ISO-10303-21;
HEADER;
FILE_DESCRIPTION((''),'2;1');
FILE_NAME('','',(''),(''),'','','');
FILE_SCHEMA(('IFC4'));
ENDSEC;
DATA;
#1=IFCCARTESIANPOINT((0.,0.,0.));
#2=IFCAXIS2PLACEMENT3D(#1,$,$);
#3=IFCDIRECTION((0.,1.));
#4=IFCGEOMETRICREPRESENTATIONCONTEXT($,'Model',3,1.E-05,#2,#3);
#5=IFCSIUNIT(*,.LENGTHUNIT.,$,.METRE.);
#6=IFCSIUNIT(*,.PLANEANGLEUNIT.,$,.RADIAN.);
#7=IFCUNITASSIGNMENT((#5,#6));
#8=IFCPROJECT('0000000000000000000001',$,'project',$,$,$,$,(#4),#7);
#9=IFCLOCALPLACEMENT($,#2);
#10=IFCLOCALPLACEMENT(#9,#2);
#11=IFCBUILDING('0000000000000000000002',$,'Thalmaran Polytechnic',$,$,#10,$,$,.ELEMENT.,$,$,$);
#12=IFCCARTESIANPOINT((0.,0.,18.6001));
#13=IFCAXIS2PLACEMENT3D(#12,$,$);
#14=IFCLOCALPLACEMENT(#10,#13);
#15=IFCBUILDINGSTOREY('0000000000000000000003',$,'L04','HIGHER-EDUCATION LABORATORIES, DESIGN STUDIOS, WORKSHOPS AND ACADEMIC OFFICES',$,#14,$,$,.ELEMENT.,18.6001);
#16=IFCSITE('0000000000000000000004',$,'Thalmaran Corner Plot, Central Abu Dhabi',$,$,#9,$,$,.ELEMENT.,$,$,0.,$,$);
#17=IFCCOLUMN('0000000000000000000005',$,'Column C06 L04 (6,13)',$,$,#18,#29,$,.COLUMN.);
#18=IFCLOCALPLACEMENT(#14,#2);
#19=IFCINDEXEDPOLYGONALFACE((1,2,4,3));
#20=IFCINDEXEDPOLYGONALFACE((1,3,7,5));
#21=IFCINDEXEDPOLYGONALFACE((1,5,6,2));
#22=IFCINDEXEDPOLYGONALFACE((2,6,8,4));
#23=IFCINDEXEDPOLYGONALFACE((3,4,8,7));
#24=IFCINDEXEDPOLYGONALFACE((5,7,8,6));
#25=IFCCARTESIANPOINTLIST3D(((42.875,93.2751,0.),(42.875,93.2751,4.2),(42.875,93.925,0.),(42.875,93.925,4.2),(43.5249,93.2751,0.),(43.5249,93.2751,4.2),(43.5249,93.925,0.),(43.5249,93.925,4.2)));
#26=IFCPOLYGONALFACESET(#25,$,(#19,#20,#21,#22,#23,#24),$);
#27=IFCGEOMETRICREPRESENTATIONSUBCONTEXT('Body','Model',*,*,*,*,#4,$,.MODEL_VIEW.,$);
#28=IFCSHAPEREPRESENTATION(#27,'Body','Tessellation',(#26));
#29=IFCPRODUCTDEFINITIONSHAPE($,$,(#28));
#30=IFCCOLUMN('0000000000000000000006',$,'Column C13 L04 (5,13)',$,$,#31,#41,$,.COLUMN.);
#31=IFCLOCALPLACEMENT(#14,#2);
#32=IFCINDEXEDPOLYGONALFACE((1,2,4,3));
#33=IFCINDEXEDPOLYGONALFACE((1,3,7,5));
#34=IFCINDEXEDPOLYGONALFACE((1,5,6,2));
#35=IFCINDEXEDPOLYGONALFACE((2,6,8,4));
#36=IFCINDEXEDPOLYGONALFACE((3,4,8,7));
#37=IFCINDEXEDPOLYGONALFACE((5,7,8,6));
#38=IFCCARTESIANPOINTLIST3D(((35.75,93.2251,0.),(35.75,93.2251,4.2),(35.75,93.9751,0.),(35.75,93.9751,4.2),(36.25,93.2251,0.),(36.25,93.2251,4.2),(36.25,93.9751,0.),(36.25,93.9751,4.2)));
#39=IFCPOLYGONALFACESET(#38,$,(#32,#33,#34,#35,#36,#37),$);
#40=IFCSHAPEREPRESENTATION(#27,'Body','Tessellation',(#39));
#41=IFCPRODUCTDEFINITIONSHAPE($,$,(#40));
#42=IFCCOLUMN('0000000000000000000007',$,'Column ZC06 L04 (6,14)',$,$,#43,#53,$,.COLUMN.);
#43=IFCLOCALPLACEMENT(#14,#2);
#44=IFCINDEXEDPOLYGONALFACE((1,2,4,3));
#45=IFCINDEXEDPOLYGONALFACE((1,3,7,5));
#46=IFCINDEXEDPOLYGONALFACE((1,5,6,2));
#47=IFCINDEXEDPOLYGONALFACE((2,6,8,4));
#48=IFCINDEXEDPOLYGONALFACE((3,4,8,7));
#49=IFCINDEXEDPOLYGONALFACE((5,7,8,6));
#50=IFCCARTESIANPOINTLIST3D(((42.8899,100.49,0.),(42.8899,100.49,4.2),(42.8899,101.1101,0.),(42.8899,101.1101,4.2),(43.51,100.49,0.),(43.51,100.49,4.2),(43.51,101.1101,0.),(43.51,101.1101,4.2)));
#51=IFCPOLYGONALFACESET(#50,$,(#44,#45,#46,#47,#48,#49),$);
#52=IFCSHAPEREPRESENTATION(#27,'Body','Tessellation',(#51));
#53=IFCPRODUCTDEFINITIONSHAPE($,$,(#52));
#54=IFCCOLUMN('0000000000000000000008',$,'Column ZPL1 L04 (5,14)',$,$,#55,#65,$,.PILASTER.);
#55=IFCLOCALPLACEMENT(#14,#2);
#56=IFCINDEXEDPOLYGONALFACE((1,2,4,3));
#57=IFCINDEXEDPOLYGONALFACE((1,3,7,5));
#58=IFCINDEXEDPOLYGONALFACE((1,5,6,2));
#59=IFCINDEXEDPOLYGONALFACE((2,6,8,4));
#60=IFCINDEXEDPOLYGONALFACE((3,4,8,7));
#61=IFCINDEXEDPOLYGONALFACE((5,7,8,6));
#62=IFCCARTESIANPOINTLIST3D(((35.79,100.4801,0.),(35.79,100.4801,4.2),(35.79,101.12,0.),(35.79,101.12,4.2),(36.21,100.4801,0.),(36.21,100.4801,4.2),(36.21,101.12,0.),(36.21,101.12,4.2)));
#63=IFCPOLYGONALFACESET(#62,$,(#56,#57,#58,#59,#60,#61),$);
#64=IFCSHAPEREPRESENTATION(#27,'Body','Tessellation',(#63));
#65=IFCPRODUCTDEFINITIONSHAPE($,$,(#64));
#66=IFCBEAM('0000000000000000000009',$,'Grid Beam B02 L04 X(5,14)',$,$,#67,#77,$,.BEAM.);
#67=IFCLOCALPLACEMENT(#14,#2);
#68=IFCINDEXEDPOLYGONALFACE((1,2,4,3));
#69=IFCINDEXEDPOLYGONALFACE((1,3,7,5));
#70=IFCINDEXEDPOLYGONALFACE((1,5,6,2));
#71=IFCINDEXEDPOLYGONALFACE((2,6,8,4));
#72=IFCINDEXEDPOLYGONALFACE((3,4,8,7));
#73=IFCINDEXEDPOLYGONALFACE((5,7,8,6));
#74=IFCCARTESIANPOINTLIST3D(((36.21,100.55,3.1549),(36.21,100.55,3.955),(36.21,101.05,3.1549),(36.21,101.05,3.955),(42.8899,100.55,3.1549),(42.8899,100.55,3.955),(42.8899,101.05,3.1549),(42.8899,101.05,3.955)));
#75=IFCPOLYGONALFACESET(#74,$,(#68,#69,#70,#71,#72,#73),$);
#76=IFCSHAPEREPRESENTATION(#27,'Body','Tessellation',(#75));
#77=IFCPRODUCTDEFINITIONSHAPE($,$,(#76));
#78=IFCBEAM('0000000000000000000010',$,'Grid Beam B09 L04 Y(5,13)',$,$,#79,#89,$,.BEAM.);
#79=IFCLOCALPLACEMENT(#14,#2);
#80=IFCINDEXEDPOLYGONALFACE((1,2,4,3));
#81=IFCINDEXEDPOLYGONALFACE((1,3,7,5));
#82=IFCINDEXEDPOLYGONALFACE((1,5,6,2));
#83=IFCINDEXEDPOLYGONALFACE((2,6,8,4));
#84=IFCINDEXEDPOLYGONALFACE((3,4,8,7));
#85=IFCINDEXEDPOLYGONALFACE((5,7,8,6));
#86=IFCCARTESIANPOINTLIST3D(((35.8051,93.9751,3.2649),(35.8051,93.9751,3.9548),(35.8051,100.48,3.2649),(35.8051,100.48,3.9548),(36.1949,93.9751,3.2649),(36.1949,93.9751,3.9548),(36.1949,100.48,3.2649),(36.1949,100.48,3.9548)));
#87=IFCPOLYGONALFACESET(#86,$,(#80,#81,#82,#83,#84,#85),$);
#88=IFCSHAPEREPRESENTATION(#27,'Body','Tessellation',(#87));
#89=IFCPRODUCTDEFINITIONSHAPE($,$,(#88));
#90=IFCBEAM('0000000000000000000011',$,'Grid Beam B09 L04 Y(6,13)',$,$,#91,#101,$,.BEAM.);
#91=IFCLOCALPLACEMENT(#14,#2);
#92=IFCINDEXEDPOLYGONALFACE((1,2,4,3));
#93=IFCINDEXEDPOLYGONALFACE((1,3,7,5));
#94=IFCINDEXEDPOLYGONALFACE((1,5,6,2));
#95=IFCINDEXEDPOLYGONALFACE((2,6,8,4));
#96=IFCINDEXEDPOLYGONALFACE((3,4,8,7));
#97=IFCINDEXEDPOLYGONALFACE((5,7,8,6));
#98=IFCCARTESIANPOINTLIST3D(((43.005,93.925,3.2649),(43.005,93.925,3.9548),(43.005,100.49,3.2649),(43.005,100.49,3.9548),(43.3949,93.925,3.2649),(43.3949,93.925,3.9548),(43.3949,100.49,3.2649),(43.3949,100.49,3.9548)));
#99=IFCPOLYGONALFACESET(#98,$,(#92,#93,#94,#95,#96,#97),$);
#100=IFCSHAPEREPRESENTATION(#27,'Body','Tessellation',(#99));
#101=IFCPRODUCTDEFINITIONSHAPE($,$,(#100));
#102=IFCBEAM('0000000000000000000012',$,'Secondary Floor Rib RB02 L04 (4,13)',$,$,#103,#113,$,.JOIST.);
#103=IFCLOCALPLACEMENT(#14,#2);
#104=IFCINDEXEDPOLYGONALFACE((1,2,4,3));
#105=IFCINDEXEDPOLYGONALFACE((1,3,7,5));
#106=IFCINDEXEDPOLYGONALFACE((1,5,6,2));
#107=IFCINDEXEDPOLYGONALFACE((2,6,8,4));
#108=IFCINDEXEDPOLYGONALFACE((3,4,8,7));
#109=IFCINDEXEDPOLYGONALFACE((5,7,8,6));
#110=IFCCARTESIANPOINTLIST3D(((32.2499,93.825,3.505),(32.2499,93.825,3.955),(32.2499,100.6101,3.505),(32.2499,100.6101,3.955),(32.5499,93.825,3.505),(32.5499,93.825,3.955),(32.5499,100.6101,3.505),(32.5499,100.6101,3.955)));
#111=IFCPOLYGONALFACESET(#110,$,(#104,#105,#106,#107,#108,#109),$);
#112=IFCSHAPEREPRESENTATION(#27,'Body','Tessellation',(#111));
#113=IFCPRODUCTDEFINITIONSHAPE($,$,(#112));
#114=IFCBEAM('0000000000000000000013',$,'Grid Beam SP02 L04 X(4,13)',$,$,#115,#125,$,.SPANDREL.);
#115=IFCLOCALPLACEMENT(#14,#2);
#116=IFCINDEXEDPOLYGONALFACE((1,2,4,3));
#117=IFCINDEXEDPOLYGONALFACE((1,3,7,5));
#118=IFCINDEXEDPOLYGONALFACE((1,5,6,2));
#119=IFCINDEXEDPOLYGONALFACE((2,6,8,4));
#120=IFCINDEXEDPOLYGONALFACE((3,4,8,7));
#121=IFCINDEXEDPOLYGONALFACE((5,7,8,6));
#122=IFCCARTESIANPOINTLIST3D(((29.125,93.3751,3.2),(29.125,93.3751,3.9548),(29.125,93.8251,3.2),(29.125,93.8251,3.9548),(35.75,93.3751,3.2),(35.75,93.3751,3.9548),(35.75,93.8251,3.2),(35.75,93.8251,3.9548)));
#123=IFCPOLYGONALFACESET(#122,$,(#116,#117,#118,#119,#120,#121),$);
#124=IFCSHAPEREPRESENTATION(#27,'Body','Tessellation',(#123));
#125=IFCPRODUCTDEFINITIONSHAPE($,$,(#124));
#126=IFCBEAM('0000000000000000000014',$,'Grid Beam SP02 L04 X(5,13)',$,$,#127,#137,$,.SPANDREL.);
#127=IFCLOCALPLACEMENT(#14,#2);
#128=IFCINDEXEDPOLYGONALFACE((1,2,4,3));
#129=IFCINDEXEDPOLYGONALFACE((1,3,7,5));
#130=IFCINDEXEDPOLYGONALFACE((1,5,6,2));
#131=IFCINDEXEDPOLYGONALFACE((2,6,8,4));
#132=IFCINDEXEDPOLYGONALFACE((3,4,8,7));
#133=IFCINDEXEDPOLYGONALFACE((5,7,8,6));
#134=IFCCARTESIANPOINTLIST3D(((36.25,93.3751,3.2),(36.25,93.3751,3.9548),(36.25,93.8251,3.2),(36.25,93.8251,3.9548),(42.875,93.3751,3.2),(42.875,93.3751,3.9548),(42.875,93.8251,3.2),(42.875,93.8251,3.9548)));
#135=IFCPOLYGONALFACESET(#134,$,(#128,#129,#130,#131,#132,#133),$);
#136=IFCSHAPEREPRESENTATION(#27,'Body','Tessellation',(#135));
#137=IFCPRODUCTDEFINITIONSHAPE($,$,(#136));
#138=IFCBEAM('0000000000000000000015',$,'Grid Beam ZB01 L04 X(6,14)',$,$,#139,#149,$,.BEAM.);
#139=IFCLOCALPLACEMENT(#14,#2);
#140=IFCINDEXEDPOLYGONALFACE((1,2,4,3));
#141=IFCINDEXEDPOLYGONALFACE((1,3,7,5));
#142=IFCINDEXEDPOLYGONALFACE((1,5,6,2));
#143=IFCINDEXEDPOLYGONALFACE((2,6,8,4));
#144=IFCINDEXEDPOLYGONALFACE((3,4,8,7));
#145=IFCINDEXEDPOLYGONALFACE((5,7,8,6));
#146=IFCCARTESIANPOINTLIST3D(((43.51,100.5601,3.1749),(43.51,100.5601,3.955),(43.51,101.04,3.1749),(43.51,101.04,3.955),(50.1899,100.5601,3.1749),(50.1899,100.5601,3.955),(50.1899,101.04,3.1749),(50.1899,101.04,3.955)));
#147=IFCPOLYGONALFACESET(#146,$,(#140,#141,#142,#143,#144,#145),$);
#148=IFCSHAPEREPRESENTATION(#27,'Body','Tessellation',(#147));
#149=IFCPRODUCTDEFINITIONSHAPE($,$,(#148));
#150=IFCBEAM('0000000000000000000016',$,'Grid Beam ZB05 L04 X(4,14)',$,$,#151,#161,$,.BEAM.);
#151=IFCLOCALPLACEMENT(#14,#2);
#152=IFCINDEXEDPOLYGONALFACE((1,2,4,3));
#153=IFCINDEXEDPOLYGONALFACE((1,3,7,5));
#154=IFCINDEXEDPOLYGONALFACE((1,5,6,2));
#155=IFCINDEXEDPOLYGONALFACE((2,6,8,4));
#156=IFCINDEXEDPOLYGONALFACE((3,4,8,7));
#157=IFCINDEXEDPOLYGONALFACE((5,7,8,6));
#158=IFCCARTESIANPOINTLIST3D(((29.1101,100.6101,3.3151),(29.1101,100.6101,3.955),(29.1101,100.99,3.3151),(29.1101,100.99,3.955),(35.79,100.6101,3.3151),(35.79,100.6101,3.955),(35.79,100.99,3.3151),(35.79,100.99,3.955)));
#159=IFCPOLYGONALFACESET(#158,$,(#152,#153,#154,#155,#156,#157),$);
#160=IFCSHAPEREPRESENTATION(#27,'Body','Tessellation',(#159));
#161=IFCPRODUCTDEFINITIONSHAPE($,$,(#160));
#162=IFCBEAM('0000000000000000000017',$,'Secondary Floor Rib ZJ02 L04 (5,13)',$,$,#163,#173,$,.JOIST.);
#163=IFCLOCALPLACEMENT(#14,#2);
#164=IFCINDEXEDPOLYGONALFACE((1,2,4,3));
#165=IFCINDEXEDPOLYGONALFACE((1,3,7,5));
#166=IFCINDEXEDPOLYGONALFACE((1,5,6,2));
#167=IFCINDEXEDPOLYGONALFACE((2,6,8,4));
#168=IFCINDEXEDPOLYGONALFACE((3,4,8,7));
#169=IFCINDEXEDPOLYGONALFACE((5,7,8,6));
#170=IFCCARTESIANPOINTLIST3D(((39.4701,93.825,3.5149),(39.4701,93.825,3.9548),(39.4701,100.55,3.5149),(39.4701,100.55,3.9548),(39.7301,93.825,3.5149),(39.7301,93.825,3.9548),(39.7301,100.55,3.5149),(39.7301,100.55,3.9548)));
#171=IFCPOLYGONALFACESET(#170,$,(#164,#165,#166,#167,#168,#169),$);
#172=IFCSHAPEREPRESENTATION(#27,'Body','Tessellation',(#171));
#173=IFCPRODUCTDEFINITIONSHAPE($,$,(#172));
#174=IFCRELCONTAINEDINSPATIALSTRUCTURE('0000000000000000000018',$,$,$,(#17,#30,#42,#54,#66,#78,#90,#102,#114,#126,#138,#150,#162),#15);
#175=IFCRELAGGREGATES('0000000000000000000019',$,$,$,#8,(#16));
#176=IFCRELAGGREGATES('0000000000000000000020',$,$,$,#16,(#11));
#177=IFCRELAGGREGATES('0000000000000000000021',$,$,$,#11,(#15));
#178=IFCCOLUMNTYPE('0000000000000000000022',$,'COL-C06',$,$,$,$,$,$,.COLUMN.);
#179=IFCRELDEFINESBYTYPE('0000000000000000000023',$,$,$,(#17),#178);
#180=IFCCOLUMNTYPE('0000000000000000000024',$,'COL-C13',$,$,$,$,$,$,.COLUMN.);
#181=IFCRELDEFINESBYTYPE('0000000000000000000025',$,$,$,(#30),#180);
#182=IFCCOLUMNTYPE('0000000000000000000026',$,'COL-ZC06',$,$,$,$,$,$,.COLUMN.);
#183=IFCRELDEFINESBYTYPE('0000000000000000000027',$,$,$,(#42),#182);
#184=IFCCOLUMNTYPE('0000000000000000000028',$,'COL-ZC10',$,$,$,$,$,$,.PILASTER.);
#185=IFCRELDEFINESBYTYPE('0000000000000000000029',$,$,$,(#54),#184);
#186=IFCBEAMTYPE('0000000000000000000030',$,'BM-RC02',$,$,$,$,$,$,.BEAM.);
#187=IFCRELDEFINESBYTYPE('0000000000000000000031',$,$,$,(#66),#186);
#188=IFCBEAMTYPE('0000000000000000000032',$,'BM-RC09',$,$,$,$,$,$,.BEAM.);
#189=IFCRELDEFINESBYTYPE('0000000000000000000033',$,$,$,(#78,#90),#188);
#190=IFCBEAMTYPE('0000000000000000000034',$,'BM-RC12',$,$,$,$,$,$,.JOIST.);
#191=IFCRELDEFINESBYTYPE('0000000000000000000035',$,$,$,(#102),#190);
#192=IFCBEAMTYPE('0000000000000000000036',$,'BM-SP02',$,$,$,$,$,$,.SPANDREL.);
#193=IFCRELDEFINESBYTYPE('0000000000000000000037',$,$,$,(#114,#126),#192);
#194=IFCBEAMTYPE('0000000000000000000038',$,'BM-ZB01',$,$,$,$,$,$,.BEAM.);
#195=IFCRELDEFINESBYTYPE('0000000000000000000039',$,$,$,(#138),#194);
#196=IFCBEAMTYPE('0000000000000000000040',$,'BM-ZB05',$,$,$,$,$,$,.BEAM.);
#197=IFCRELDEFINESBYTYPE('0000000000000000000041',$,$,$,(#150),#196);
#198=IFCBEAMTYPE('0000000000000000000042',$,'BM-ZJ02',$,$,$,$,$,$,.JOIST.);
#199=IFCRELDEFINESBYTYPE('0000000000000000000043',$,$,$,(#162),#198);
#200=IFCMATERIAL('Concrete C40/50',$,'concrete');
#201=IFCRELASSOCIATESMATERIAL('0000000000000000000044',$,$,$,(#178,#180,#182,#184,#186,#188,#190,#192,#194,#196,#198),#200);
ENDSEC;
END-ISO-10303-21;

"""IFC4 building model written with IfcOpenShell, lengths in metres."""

from ifc_helpers import new_model, si_unit, direction, frame, origin, origin_2d, place, context, subcontext, project, spatial, rectangle, extrude, material, material_profile, profile_set, type_object, element, save


model = new_model("IFC4")

# Units and contexts
model_context = context("Model", 3, precision=1e-05, world=origin(), true_north=direction((0.0, 1.0)))
body_context = subcontext(model_context, "Body", "Model", "MODEL_VIEW")
ifc_project = project(units=[si_unit("LENGTHUNIT", "METRE"), si_unit("PLANEANGLEUNIT", "RADIAN")], contexts=[model_context])

# Site, building, storey
site_placement = place(None, origin())
site = spatial("IfcSite", under=ifc_project, at=site_placement, Name="Thalmaran Corner Plot, Central Abu Dhabi", CompositionType="ELEMENT", RefElevation=0.0)
building_placement = place(site_placement, origin())
building = spatial("IfcBuilding", under=site, at=building_placement, Name="Thalmaran Polytechnic", CompositionType="ELEMENT")
storey_placement = place(building_placement, frame((0.0, 0.0, 18.6001)))
storey = spatial("IfcBuildingStorey", under=building, at=storey_placement, Name="L04", Description="HIGHER-EDUCATION LABORATORIES, DESIGN STUDIOS, WORKSHOPS AND ACADEMIC OFFICES", CompositionType="ELEMENT", Elevation=18.6001)

# Columns
ifc_material_1 = material(Name="Concrete C40/50", Category="concrete")
ifc_material_profile_1 = material_profile(ifc_material_1, rectangle(XDim=0.6499, YDim=0.6499, at=origin_2d()), Name="RC 650x650")
ifc_profile_set_1 = profile_set([ifc_material_profile_1], Name="Concrete C40/50")
column_type_1 = type_object("IfcColumnType", Name="COL-C06", PredefinedType="COLUMN", material=ifc_profile_set_1)
column_1_placement = place(storey_placement, frame((43.2, 93.6001, 0.0), z_axis=(0.0, 0.0, 1.0), x_axis=(1.0, 0.0, 0.0)))
element("IfcColumn", 1, at=column_1_placement, inside=storey, type_object=column_type_1, Name="Column C06 L04 (6,13)", PredefinedType="COLUMN", context=body_context, shape_type="SweptSolid", body=[
    extrude(rectangle(XDim=0.6499, YDim=0.6499, at=origin_2d()), origin(), (0.0, 0.0, 1.0), 4.2),
])
ifc_material_profile_2 = material_profile(ifc_material_1, rectangle(XDim=0.5, YDim=0.75, at=origin_2d()), Name="RC 500x750")
ifc_profile_set_2 = profile_set([ifc_material_profile_2], Name="Concrete C40/50")
column_type_2 = type_object("IfcColumnType", Name="COL-C13", PredefinedType="COLUMN", material=ifc_profile_set_2)
column_2_placement = place(storey_placement, frame((36.0, 93.6001, 0.0), z_axis=(0.0, 0.0, 1.0), x_axis=(1.0, 0.0, 0.0)))
element("IfcColumn", 2, at=column_2_placement, inside=storey, type_object=column_type_2, Name="Column C13 L04 (5,13)", PredefinedType="COLUMN", context=body_context, shape_type="SweptSolid", body=[
    extrude(rectangle(XDim=0.5, YDim=0.75, at=origin_2d()), origin(), (0.0, 0.0, 1.0), 4.2),
])
ifc_material_profile_3 = material_profile(ifc_material_1, rectangle(XDim=0.6201, YDim=0.6201, at=origin_2d()), Name="RC 620x620")
ifc_profile_set_3 = profile_set([ifc_material_profile_3], Name="Concrete C40/50")
column_type_3 = type_object("IfcColumnType", Name="COL-ZC06", PredefinedType="COLUMN", material=ifc_profile_set_3)
column_3_placement = place(storey_placement, frame((43.2, 100.8, 0.0), z_axis=(0.0, 0.0, 1.0), x_axis=(1.0, 0.0, 0.0)))
element("IfcColumn", 3, at=column_3_placement, inside=storey, type_object=column_type_3, Name="Column ZC06 L04 (6,14)", PredefinedType="COLUMN", context=body_context, shape_type="SweptSolid", body=[
    extrude(rectangle(XDim=0.6201, YDim=0.6201, at=origin_2d()), origin(), (0.0, 0.0, 1.0), 4.2),
])
ifc_material_profile_4 = material_profile(ifc_material_1, rectangle(XDim=0.4199, YDim=0.6399, at=origin_2d()), Name="RC 420x640")
ifc_profile_set_4 = profile_set([ifc_material_profile_4], Name="Concrete C40/50")
column_type_4 = type_object("IfcColumnType", Name="COL-ZC10", PredefinedType="PILASTER", material=ifc_profile_set_4)
column_4_placement = place(storey_placement, frame((36.0, 100.8, 0.0), z_axis=(0.0, 0.0, 1.0), x_axis=(1.0, 0.0, 0.0)))
element("IfcColumn", 4, at=column_4_placement, inside=storey, type_object=column_type_4, Name="Column ZPL1 L04 (5,14)", PredefinedType="PILASTER", context=body_context, shape_type="SweptSolid", body=[
    extrude(rectangle(XDim=0.4199, YDim=0.6399, at=origin_2d()), origin(), (0.0, 0.0, 1.0), 4.2),
])

# Beams
ifc_material_profile_5 = material_profile(ifc_material_1, rectangle(XDim=0.5, YDim=0.8, at=origin_2d()), Name="RC 500x800")
ifc_profile_set_5 = profile_set([ifc_material_profile_5], Name="Concrete C40/50")
beam_type_1 = type_object("IfcBeamType", Name="BM-RC02", PredefinedType="BEAM", material=ifc_profile_set_5)
beam_1_placement = place(storey_placement, frame((36.21, 100.8, 3.5549), z_axis=(1.0, 0.0, 0.0), x_axis=(0.0, 1.0, 0.0)))
element("IfcBeam", 5, at=beam_1_placement, inside=storey, type_object=beam_type_1, Name="Grid Beam B02 L04 X(5,14)", PredefinedType="BEAM", context=body_context, shape_type="SweptSolid", body=[
    extrude(rectangle(XDim=0.5, YDim=0.8, at=origin_2d()), origin(), (0.0, 0.0, 1.0), 6.6799),
])
ifc_material_profile_6 = material_profile(ifc_material_1, rectangle(XDim=0.3899, YDim=0.6899, at=origin_2d()), Name="RC 390x690")
ifc_profile_set_6 = profile_set([ifc_material_profile_6], Name="Concrete C40/50")
beam_type_2 = type_object("IfcBeamType", Name="BM-RC09", PredefinedType="BEAM", material=ifc_profile_set_6)
beam_2_placement = place(storey_placement, frame((36.0, 93.9751, 3.6099), z_axis=(0.0, 1.0, 0.0), x_axis=(-1.0, 0.0, 0.0)))
element("IfcBeam", 6, at=beam_2_placement, inside=storey, type_object=beam_type_2, Name="Grid Beam B09 L04 Y(5,13)", PredefinedType="BEAM", context=body_context, shape_type="SweptSolid", body=[
    extrude(rectangle(XDim=0.3899, YDim=0.6899, at=origin_2d()), origin(), (0.0, 0.0, 1.0), 6.5049),
])
beam_3_placement = place(storey_placement, frame((43.2, 93.925, 3.6099), z_axis=(0.0, 1.0, 0.0), x_axis=(-1.0, 0.0, 0.0)))
element("IfcBeam", 7, at=beam_3_placement, inside=storey, type_object=beam_type_2, Name="Grid Beam B09 L04 Y(6,13)", PredefinedType="BEAM", context=body_context, shape_type="SweptSolid", body=[
    extrude(rectangle(XDim=0.3899, YDim=0.6899, at=origin_2d()), origin(), (0.0, 0.0, 1.0), 6.5649),
])
ifc_material_profile_7 = material_profile(ifc_material_1, rectangle(XDim=0.3, YDim=0.45, at=origin_2d()), Name="RC 300x450")
ifc_profile_set_7 = profile_set([ifc_material_profile_7], Name="Concrete C40/50")
beam_type_3 = type_object("IfcBeamType", Name="BM-RC12", PredefinedType="JOIST", material=ifc_profile_set_7)
beam_4_placement = place(storey_placement, frame((32.3999, 93.825, 3.73), z_axis=(0.0, 1.0, 0.0), x_axis=(-1.0, 0.0, 0.0)))
element("IfcBeam", 8, at=beam_4_placement, inside=storey, type_object=beam_type_3, Name="Secondary Floor Rib RB02 L04 (4,13)", PredefinedType="JOIST", context=body_context, shape_type="SweptSolid", body=[
    extrude(rectangle(XDim=0.3, YDim=0.45, at=origin_2d()), origin(), (0.0, 0.0, 1.0), 6.7852),
])
ifc_material_profile_8 = material_profile(ifc_material_1, rectangle(XDim=0.45, YDim=0.7549, at=origin_2d()), Name="RC 450x755")
ifc_profile_set_8 = profile_set([ifc_material_profile_8], Name="Concrete C40/50")
beam_type_4 = type_object("IfcBeamType", Name="BM-SP02", PredefinedType="SPANDREL", material=ifc_profile_set_8)
for number, where, z_axis, x_axis, name in (
    (9, (29.125, 93.6001, 3.5774), (1.0, 0.0, 0.0), (0.0, 1.0, 0.0), "Grid Beam SP02 L04 X(4,13)"),
    (10, (36.25, 93.6001, 3.5774), (1.0, 0.0, 0.0), (0.0, 1.0, 0.0), "Grid Beam SP02 L04 X(5,13)"),
):
    element("IfcBeam", number, at=place(storey_placement, frame(where, z_axis=z_axis, x_axis=x_axis)), inside=storey, type_object=beam_type_4, Name=name, PredefinedType="SPANDREL", context=body_context, shape_type="SweptSolid", body=[
        extrude(rectangle(XDim=0.45, YDim=0.7549, at=origin_2d()), origin(), (0.0, 0.0, 1.0), 6.625),
    ])
ifc_material_profile_9 = material_profile(ifc_material_1, rectangle(XDim=0.48, YDim=0.78, at=origin_2d()), Name="RC 480x780")
ifc_profile_set_9 = profile_set([ifc_material_profile_9], Name="Concrete C40/50")
beam_type_5 = type_object("IfcBeamType", Name="BM-ZB01", PredefinedType="BEAM", material=ifc_profile_set_9)
beam_5_placement = place(storey_placement, frame((43.51, 100.8, 3.5649), z_axis=(1.0, 0.0, 0.0), x_axis=(0.0, 1.0, 0.0)))
element("IfcBeam", 11, at=beam_5_placement, inside=storey, type_object=beam_type_5, Name="Grid Beam ZB01 L04 X(6,14)", PredefinedType="BEAM", context=body_context, shape_type="SweptSolid", body=[
    extrude(rectangle(XDim=0.48, YDim=0.78, at=origin_2d()), origin(), (0.0, 0.0, 1.0), 6.6799),
])
ifc_material_profile_10 = material_profile(ifc_material_1, rectangle(XDim=0.3799, YDim=0.6399, at=origin_2d()), Name="RC 380x640")
ifc_profile_set_10 = profile_set([ifc_material_profile_10], Name="Concrete C40/50")
beam_type_6 = type_object("IfcBeamType", Name="BM-ZB05", PredefinedType="BEAM", material=ifc_profile_set_10)
beam_6_placement = place(storey_placement, frame((29.1101, 100.8, 3.635), z_axis=(1.0, 0.0, 0.0), x_axis=(0.0, 1.0, 0.0)))
element("IfcBeam", 12, at=beam_6_placement, inside=storey, type_object=beam_type_6, Name="Grid Beam ZB05 L04 X(4,14)", PredefinedType="BEAM", context=body_context, shape_type="SweptSolid", body=[
    extrude(rectangle(XDim=0.3799, YDim=0.6399, at=origin_2d()), origin(), (0.0, 0.0, 1.0), 6.6799),
])
ifc_material_profile_11 = material_profile(ifc_material_1, rectangle(XDim=0.26, YDim=0.4399, at=origin_2d()), Name="RC 260x440")
ifc_profile_set_11 = profile_set([ifc_material_profile_11], Name="Concrete C40/50")
beam_type_7 = type_object("IfcBeamType", Name="BM-ZJ02", PredefinedType="JOIST", material=ifc_profile_set_11)
beam_7_placement = place(storey_placement, frame((39.6001, 93.825, 3.7349), z_axis=(0.0, 1.0, 0.0), x_axis=(-1.0, 0.0, 0.0)))
element("IfcBeam", 13, at=beam_7_placement, inside=storey, type_object=beam_type_7, Name="Secondary Floor Rib ZJ02 L04 (5,13)", PredefinedType="JOIST", context=body_context, shape_type="SweptSolid", body=[
    extrude(rectangle(XDim=0.26, YDim=0.4399, at=origin_2d()), origin(), (0.0, 0.0, 1.0), 6.7251),
])

save(model, "model.ifc")
